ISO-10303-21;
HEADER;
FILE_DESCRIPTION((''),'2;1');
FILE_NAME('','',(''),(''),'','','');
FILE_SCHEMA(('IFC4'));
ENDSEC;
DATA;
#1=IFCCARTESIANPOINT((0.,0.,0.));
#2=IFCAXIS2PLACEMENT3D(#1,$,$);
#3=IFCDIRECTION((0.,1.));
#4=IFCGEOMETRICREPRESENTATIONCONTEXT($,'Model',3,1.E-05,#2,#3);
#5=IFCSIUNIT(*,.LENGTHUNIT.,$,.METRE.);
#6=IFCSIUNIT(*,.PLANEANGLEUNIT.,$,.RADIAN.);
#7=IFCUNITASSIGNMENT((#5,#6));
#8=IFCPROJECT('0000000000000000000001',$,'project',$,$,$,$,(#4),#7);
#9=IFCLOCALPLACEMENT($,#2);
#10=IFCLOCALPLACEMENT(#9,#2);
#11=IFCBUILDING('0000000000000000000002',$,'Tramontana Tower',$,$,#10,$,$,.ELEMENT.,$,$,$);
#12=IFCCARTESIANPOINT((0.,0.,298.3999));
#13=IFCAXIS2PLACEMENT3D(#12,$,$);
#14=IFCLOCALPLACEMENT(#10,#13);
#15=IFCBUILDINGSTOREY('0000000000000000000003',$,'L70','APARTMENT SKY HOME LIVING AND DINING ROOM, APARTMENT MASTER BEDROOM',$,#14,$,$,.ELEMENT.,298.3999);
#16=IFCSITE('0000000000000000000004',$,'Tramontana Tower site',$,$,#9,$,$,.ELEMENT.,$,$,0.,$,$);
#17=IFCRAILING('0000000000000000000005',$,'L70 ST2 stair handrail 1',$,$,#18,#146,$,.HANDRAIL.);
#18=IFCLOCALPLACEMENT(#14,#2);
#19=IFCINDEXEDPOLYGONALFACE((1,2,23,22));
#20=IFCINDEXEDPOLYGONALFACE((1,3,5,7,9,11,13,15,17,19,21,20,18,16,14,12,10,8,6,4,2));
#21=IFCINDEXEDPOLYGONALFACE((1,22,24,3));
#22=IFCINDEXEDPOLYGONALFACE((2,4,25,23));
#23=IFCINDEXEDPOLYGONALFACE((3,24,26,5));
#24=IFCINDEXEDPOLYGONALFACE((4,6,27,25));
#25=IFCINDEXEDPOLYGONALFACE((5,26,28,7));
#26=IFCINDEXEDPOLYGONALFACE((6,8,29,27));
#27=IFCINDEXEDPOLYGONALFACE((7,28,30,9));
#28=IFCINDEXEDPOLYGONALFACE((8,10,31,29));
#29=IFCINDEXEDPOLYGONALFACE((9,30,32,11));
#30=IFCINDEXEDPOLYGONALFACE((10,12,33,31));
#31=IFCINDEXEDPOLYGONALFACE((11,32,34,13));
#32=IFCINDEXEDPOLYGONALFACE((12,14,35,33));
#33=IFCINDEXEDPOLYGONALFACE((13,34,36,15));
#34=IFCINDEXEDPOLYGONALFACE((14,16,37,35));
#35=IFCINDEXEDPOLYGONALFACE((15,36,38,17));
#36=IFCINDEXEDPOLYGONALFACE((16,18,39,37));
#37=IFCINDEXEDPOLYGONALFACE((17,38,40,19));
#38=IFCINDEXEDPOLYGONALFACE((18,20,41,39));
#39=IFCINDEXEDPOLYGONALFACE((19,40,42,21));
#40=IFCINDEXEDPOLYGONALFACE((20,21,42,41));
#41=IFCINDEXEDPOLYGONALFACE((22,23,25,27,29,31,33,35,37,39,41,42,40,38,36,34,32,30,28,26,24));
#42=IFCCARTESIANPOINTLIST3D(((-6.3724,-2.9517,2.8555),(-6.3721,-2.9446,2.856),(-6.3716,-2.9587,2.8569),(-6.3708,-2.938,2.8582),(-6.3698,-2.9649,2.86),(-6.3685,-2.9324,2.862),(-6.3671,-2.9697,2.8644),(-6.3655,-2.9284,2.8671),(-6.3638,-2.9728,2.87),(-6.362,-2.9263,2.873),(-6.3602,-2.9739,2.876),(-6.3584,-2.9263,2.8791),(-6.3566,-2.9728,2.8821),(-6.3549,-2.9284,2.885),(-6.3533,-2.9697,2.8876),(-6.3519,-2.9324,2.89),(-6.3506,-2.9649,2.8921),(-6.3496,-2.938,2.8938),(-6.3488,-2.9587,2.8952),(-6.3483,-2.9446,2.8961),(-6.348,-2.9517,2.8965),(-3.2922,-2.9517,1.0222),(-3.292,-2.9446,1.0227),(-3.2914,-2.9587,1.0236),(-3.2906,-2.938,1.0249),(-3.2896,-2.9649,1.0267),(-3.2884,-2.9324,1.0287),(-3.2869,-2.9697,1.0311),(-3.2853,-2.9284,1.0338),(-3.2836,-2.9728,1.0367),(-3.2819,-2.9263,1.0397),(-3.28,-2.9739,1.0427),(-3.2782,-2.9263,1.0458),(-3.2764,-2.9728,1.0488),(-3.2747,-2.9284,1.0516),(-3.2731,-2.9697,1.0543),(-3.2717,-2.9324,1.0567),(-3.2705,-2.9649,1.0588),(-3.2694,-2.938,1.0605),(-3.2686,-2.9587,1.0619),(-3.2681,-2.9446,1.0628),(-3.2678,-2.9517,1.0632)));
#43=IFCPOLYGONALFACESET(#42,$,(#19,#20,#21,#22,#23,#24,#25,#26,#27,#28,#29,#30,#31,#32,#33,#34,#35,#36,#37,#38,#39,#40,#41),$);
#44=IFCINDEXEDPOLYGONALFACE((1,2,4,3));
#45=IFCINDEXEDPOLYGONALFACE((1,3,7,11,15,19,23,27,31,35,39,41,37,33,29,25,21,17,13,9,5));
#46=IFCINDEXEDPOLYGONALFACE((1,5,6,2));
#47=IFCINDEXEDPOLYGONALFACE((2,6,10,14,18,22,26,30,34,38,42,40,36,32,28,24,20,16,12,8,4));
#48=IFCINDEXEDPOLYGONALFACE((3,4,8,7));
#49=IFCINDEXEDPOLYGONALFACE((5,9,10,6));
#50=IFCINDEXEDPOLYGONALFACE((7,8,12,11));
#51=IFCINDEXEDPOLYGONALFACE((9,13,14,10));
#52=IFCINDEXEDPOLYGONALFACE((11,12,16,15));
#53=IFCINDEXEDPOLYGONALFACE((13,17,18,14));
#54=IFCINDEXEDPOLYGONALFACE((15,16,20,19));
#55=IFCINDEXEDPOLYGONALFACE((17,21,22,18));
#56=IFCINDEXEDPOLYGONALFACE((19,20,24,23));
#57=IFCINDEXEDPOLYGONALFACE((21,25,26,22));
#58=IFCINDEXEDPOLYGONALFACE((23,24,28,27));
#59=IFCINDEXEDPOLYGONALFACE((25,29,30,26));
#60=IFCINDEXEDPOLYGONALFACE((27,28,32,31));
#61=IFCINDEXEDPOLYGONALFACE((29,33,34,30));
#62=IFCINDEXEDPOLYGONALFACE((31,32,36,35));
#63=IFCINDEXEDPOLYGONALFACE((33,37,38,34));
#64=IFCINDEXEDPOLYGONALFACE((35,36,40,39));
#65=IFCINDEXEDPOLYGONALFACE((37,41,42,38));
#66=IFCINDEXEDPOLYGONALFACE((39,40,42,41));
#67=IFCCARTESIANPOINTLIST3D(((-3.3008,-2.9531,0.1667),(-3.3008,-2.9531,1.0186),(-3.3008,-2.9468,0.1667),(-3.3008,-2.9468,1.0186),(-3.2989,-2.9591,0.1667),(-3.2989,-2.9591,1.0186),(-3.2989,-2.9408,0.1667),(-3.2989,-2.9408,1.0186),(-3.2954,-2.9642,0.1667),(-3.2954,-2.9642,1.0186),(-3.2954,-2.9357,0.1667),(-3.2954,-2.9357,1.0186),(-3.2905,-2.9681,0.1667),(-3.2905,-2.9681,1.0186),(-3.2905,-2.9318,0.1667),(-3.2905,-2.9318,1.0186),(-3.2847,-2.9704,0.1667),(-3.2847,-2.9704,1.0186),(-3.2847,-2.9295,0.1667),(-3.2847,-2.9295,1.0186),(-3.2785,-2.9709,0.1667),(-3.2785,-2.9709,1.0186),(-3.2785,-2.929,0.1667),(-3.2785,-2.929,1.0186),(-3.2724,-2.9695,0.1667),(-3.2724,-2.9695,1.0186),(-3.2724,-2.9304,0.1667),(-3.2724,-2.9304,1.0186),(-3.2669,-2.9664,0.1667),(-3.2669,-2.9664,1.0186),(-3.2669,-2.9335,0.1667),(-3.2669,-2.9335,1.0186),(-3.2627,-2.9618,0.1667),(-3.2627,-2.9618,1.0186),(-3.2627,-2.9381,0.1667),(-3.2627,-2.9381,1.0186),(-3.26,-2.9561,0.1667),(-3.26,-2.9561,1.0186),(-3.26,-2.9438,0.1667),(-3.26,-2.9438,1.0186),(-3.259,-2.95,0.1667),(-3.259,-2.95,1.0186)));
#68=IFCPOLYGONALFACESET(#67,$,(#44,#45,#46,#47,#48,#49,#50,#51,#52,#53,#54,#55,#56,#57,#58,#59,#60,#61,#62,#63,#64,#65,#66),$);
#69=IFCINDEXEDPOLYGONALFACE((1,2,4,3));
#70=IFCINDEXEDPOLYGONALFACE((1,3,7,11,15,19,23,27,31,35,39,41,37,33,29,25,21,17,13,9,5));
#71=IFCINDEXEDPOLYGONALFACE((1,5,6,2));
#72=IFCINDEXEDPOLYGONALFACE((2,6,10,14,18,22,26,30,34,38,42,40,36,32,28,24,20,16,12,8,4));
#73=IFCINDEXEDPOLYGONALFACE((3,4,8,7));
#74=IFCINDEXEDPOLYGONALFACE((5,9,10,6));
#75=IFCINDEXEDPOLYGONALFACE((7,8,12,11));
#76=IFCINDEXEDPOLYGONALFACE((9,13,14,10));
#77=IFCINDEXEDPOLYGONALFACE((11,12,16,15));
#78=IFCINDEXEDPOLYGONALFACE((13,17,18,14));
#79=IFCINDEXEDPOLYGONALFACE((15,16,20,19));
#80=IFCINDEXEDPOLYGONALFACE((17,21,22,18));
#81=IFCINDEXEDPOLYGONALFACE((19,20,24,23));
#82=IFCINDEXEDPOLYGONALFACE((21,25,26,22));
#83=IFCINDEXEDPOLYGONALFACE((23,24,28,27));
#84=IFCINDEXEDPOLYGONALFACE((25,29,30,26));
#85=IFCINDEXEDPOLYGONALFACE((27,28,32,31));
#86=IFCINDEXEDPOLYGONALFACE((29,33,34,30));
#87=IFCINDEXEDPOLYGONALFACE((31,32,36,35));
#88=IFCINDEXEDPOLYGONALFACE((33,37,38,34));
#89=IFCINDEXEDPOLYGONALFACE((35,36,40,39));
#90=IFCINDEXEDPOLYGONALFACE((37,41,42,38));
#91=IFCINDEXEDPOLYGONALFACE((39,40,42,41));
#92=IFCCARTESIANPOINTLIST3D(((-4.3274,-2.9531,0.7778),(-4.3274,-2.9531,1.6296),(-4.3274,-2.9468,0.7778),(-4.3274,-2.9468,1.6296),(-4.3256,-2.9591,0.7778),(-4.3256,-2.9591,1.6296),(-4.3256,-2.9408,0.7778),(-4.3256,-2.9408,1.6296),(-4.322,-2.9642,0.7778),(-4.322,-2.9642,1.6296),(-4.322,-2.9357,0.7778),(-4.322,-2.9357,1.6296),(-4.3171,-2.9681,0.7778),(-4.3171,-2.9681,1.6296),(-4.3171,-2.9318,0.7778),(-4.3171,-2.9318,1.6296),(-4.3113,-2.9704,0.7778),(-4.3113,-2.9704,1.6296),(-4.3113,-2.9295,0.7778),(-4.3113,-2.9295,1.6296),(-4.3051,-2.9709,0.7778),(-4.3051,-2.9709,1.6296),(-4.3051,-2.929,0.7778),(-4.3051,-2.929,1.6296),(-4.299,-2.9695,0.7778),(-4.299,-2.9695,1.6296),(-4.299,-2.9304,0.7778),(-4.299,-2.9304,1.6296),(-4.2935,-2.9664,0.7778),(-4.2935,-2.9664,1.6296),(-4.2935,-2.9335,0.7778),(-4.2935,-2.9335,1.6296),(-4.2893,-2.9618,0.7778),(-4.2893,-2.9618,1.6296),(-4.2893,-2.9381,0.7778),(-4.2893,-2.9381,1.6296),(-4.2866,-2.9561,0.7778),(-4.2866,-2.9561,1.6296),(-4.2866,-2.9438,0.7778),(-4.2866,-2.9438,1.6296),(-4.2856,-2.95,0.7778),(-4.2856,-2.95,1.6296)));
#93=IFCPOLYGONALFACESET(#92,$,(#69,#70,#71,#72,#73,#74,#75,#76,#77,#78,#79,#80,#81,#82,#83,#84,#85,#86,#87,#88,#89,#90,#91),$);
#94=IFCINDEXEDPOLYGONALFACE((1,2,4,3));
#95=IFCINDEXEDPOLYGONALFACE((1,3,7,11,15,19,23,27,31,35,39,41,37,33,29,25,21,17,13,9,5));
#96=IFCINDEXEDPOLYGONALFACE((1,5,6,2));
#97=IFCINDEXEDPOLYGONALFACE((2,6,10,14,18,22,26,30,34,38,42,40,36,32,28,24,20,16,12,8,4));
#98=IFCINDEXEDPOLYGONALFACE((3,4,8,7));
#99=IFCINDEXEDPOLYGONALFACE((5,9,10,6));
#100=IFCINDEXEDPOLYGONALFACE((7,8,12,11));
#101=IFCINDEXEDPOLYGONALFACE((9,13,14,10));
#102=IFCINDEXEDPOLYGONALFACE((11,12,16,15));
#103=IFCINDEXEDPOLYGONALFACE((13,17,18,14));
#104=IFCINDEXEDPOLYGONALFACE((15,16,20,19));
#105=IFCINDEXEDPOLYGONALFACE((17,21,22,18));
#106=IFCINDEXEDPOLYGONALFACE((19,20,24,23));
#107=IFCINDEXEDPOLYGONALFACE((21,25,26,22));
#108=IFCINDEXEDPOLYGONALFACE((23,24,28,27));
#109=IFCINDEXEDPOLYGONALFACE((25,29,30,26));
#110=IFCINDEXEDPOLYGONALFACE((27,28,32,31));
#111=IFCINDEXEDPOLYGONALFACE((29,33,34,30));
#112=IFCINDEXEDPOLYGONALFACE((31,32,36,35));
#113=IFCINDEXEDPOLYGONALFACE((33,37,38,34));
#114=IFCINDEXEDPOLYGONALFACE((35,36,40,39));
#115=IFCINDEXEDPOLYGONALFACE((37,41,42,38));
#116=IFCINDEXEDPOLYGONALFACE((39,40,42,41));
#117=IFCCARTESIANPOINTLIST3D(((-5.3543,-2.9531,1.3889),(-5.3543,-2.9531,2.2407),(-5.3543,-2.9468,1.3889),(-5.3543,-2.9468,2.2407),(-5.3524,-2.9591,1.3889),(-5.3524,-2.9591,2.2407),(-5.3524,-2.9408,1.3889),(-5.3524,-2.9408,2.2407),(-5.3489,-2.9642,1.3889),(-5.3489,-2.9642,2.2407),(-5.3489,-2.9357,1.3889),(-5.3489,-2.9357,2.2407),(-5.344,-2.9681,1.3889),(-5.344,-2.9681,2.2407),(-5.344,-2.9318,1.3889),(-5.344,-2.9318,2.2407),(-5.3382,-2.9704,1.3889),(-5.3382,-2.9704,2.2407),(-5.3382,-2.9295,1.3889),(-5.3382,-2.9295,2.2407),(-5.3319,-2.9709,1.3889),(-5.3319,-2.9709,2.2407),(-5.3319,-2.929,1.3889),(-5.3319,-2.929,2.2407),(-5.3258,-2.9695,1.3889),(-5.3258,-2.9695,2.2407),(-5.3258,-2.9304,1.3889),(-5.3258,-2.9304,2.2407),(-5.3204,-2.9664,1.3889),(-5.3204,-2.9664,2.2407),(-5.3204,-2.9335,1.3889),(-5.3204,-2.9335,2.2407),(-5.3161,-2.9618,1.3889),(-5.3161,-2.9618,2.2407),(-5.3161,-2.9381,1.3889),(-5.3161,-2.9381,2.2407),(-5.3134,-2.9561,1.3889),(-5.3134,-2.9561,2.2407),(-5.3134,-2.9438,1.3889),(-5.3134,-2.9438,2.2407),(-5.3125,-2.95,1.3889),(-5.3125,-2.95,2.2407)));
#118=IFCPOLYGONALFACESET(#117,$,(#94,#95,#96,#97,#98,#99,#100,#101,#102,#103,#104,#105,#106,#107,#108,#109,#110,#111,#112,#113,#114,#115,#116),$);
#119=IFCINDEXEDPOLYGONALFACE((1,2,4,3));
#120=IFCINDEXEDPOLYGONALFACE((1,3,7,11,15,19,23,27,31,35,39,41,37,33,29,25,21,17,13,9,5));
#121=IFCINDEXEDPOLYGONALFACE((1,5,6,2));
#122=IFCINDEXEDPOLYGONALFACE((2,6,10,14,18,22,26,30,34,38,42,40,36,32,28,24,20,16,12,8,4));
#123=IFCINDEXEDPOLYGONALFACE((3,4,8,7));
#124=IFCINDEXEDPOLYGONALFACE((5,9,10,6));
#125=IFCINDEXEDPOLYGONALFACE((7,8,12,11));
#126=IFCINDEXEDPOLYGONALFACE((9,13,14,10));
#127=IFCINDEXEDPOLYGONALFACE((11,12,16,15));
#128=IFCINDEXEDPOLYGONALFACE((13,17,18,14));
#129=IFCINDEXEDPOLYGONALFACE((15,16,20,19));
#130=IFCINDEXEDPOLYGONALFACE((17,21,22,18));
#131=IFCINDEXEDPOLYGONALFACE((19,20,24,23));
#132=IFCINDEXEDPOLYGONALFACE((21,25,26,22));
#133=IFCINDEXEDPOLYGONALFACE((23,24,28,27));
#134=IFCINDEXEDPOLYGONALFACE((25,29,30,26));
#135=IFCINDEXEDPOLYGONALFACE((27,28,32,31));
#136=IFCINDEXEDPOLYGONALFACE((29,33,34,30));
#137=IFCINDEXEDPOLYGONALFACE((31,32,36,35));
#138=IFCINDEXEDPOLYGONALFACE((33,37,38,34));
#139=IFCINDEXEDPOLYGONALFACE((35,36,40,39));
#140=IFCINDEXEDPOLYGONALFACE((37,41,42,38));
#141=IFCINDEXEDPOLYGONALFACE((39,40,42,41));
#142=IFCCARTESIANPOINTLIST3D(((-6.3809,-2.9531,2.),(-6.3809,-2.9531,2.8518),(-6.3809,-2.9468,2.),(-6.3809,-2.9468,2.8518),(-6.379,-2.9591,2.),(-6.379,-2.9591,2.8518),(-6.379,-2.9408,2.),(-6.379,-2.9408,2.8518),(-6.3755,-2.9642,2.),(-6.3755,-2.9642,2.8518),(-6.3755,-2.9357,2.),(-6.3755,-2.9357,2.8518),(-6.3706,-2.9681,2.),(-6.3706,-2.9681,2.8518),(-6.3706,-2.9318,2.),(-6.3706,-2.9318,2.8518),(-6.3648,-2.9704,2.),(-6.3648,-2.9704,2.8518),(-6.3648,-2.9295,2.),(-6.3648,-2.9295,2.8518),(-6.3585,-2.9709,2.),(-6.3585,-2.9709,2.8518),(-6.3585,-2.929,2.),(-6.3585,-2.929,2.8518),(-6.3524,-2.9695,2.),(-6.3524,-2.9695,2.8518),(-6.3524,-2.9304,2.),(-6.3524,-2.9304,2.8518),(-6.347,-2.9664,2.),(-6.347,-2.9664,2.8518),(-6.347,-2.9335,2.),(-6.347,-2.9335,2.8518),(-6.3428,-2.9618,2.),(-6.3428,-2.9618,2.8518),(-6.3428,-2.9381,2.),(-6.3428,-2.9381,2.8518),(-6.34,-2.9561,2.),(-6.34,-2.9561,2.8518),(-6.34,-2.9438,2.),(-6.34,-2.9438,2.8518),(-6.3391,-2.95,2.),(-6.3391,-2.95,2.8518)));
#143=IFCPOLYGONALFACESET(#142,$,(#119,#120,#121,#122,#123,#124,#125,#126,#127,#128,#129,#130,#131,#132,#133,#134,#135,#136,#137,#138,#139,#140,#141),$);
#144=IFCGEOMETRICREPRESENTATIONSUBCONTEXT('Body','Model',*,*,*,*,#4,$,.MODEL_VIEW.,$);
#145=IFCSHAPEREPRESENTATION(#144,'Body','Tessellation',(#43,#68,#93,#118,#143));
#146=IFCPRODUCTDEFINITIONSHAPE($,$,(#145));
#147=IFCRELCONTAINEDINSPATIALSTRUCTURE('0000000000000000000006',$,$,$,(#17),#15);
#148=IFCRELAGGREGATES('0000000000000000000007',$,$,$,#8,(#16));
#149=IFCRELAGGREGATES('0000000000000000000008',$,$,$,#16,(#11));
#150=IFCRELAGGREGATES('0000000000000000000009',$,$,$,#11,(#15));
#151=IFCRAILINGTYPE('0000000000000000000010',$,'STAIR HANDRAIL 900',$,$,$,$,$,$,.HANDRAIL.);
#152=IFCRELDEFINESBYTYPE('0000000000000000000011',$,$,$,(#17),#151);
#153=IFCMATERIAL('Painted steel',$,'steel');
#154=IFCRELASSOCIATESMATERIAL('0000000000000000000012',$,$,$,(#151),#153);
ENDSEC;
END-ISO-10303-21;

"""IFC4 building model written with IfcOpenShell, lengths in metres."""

from ifc_helpers import new_model, si_unit, direction, frame, origin, origin_2d, place, context, subcontext, project, spatial, circle, extrude, material, type_object, element, save


model = new_model("IFC4")

# Units and contexts
model_context = context("Model", 3, precision=1e-05, world=origin(), true_north=direction((0.0, 1.0)))
body_context = subcontext(model_context, "Body", "Model", "MODEL_VIEW")
ifc_project = project(units=[si_unit("LENGTHUNIT", "METRE"), si_unit("PLANEANGLEUNIT", "RADIAN")], contexts=[model_context])

# Site, building, storey
site_placement = place(None, origin())
site = spatial("IfcSite", under=ifc_project, at=site_placement, Name="Tramontana Tower site", CompositionType="ELEMENT", RefElevation=0.0)
building_placement = place(site_placement, origin())
building = spatial("IfcBuilding", under=site, at=building_placement, Name="Tramontana Tower", CompositionType="ELEMENT")
storey_placement = place(building_placement, frame((0.0, 0.0, 298.3999)))
storey = spatial("IfcBuildingStorey", under=building, at=storey_placement, Name="L70", Description="APARTMENT SKY HOME LIVING AND DINING ROOM, APARTMENT MASTER BEDROOM", CompositionType="ELEMENT", Elevation=298.3999)

# Railing
ifc_material_1 = material(Name="Painted steel", Category="steel")
railing_type_1 = type_object("IfcRailingType", Name="STAIR HANDRAIL 900", PredefinedType="HANDRAIL", material=ifc_material_1)
railing_1_placement = place(storey_placement, frame((-3.28, -2.95, 0.1667)))
element("IfcRailing", 1, at=railing_1_placement, inside=storey, type_object=railing_type_1, Name="L70 ST2 stair handrail 1", PredefinedType="HANDRAIL", context=body_context, shape_type="SweptSolid", body=[
    extrude(circle(Radius=0.0239, at=origin_2d()), frame((0.0, 0.0, 0.876), z_axis=(-0.859309, 0.0, 0.511458), x_axis=(0.0, -1.0, 0.0)), (0.0, 0.0, 1.0), 3.5845),
    extrude(circle(Radius=0.021, at=origin_2d()), origin(), (0.0, 0.0, 1.0), 0.8518),
    extrude(circle(Radius=0.021, at=origin_2d()), frame((-1.0266, 0.0, 0.6111)), (0.0, 0.0, 1.0), 0.8518),
    extrude(circle(Radius=0.021, at=origin_2d()), frame((-2.0535, 0.0, 1.2222)), (0.0, 0.0, 1.0), 0.8518),
    extrude(circle(Radius=0.021, at=origin_2d()), frame((-3.0801, 0.0, 1.8333)), (0.0, 0.0, 1.0), 0.8518),
])

save(model, "model.ifc")
